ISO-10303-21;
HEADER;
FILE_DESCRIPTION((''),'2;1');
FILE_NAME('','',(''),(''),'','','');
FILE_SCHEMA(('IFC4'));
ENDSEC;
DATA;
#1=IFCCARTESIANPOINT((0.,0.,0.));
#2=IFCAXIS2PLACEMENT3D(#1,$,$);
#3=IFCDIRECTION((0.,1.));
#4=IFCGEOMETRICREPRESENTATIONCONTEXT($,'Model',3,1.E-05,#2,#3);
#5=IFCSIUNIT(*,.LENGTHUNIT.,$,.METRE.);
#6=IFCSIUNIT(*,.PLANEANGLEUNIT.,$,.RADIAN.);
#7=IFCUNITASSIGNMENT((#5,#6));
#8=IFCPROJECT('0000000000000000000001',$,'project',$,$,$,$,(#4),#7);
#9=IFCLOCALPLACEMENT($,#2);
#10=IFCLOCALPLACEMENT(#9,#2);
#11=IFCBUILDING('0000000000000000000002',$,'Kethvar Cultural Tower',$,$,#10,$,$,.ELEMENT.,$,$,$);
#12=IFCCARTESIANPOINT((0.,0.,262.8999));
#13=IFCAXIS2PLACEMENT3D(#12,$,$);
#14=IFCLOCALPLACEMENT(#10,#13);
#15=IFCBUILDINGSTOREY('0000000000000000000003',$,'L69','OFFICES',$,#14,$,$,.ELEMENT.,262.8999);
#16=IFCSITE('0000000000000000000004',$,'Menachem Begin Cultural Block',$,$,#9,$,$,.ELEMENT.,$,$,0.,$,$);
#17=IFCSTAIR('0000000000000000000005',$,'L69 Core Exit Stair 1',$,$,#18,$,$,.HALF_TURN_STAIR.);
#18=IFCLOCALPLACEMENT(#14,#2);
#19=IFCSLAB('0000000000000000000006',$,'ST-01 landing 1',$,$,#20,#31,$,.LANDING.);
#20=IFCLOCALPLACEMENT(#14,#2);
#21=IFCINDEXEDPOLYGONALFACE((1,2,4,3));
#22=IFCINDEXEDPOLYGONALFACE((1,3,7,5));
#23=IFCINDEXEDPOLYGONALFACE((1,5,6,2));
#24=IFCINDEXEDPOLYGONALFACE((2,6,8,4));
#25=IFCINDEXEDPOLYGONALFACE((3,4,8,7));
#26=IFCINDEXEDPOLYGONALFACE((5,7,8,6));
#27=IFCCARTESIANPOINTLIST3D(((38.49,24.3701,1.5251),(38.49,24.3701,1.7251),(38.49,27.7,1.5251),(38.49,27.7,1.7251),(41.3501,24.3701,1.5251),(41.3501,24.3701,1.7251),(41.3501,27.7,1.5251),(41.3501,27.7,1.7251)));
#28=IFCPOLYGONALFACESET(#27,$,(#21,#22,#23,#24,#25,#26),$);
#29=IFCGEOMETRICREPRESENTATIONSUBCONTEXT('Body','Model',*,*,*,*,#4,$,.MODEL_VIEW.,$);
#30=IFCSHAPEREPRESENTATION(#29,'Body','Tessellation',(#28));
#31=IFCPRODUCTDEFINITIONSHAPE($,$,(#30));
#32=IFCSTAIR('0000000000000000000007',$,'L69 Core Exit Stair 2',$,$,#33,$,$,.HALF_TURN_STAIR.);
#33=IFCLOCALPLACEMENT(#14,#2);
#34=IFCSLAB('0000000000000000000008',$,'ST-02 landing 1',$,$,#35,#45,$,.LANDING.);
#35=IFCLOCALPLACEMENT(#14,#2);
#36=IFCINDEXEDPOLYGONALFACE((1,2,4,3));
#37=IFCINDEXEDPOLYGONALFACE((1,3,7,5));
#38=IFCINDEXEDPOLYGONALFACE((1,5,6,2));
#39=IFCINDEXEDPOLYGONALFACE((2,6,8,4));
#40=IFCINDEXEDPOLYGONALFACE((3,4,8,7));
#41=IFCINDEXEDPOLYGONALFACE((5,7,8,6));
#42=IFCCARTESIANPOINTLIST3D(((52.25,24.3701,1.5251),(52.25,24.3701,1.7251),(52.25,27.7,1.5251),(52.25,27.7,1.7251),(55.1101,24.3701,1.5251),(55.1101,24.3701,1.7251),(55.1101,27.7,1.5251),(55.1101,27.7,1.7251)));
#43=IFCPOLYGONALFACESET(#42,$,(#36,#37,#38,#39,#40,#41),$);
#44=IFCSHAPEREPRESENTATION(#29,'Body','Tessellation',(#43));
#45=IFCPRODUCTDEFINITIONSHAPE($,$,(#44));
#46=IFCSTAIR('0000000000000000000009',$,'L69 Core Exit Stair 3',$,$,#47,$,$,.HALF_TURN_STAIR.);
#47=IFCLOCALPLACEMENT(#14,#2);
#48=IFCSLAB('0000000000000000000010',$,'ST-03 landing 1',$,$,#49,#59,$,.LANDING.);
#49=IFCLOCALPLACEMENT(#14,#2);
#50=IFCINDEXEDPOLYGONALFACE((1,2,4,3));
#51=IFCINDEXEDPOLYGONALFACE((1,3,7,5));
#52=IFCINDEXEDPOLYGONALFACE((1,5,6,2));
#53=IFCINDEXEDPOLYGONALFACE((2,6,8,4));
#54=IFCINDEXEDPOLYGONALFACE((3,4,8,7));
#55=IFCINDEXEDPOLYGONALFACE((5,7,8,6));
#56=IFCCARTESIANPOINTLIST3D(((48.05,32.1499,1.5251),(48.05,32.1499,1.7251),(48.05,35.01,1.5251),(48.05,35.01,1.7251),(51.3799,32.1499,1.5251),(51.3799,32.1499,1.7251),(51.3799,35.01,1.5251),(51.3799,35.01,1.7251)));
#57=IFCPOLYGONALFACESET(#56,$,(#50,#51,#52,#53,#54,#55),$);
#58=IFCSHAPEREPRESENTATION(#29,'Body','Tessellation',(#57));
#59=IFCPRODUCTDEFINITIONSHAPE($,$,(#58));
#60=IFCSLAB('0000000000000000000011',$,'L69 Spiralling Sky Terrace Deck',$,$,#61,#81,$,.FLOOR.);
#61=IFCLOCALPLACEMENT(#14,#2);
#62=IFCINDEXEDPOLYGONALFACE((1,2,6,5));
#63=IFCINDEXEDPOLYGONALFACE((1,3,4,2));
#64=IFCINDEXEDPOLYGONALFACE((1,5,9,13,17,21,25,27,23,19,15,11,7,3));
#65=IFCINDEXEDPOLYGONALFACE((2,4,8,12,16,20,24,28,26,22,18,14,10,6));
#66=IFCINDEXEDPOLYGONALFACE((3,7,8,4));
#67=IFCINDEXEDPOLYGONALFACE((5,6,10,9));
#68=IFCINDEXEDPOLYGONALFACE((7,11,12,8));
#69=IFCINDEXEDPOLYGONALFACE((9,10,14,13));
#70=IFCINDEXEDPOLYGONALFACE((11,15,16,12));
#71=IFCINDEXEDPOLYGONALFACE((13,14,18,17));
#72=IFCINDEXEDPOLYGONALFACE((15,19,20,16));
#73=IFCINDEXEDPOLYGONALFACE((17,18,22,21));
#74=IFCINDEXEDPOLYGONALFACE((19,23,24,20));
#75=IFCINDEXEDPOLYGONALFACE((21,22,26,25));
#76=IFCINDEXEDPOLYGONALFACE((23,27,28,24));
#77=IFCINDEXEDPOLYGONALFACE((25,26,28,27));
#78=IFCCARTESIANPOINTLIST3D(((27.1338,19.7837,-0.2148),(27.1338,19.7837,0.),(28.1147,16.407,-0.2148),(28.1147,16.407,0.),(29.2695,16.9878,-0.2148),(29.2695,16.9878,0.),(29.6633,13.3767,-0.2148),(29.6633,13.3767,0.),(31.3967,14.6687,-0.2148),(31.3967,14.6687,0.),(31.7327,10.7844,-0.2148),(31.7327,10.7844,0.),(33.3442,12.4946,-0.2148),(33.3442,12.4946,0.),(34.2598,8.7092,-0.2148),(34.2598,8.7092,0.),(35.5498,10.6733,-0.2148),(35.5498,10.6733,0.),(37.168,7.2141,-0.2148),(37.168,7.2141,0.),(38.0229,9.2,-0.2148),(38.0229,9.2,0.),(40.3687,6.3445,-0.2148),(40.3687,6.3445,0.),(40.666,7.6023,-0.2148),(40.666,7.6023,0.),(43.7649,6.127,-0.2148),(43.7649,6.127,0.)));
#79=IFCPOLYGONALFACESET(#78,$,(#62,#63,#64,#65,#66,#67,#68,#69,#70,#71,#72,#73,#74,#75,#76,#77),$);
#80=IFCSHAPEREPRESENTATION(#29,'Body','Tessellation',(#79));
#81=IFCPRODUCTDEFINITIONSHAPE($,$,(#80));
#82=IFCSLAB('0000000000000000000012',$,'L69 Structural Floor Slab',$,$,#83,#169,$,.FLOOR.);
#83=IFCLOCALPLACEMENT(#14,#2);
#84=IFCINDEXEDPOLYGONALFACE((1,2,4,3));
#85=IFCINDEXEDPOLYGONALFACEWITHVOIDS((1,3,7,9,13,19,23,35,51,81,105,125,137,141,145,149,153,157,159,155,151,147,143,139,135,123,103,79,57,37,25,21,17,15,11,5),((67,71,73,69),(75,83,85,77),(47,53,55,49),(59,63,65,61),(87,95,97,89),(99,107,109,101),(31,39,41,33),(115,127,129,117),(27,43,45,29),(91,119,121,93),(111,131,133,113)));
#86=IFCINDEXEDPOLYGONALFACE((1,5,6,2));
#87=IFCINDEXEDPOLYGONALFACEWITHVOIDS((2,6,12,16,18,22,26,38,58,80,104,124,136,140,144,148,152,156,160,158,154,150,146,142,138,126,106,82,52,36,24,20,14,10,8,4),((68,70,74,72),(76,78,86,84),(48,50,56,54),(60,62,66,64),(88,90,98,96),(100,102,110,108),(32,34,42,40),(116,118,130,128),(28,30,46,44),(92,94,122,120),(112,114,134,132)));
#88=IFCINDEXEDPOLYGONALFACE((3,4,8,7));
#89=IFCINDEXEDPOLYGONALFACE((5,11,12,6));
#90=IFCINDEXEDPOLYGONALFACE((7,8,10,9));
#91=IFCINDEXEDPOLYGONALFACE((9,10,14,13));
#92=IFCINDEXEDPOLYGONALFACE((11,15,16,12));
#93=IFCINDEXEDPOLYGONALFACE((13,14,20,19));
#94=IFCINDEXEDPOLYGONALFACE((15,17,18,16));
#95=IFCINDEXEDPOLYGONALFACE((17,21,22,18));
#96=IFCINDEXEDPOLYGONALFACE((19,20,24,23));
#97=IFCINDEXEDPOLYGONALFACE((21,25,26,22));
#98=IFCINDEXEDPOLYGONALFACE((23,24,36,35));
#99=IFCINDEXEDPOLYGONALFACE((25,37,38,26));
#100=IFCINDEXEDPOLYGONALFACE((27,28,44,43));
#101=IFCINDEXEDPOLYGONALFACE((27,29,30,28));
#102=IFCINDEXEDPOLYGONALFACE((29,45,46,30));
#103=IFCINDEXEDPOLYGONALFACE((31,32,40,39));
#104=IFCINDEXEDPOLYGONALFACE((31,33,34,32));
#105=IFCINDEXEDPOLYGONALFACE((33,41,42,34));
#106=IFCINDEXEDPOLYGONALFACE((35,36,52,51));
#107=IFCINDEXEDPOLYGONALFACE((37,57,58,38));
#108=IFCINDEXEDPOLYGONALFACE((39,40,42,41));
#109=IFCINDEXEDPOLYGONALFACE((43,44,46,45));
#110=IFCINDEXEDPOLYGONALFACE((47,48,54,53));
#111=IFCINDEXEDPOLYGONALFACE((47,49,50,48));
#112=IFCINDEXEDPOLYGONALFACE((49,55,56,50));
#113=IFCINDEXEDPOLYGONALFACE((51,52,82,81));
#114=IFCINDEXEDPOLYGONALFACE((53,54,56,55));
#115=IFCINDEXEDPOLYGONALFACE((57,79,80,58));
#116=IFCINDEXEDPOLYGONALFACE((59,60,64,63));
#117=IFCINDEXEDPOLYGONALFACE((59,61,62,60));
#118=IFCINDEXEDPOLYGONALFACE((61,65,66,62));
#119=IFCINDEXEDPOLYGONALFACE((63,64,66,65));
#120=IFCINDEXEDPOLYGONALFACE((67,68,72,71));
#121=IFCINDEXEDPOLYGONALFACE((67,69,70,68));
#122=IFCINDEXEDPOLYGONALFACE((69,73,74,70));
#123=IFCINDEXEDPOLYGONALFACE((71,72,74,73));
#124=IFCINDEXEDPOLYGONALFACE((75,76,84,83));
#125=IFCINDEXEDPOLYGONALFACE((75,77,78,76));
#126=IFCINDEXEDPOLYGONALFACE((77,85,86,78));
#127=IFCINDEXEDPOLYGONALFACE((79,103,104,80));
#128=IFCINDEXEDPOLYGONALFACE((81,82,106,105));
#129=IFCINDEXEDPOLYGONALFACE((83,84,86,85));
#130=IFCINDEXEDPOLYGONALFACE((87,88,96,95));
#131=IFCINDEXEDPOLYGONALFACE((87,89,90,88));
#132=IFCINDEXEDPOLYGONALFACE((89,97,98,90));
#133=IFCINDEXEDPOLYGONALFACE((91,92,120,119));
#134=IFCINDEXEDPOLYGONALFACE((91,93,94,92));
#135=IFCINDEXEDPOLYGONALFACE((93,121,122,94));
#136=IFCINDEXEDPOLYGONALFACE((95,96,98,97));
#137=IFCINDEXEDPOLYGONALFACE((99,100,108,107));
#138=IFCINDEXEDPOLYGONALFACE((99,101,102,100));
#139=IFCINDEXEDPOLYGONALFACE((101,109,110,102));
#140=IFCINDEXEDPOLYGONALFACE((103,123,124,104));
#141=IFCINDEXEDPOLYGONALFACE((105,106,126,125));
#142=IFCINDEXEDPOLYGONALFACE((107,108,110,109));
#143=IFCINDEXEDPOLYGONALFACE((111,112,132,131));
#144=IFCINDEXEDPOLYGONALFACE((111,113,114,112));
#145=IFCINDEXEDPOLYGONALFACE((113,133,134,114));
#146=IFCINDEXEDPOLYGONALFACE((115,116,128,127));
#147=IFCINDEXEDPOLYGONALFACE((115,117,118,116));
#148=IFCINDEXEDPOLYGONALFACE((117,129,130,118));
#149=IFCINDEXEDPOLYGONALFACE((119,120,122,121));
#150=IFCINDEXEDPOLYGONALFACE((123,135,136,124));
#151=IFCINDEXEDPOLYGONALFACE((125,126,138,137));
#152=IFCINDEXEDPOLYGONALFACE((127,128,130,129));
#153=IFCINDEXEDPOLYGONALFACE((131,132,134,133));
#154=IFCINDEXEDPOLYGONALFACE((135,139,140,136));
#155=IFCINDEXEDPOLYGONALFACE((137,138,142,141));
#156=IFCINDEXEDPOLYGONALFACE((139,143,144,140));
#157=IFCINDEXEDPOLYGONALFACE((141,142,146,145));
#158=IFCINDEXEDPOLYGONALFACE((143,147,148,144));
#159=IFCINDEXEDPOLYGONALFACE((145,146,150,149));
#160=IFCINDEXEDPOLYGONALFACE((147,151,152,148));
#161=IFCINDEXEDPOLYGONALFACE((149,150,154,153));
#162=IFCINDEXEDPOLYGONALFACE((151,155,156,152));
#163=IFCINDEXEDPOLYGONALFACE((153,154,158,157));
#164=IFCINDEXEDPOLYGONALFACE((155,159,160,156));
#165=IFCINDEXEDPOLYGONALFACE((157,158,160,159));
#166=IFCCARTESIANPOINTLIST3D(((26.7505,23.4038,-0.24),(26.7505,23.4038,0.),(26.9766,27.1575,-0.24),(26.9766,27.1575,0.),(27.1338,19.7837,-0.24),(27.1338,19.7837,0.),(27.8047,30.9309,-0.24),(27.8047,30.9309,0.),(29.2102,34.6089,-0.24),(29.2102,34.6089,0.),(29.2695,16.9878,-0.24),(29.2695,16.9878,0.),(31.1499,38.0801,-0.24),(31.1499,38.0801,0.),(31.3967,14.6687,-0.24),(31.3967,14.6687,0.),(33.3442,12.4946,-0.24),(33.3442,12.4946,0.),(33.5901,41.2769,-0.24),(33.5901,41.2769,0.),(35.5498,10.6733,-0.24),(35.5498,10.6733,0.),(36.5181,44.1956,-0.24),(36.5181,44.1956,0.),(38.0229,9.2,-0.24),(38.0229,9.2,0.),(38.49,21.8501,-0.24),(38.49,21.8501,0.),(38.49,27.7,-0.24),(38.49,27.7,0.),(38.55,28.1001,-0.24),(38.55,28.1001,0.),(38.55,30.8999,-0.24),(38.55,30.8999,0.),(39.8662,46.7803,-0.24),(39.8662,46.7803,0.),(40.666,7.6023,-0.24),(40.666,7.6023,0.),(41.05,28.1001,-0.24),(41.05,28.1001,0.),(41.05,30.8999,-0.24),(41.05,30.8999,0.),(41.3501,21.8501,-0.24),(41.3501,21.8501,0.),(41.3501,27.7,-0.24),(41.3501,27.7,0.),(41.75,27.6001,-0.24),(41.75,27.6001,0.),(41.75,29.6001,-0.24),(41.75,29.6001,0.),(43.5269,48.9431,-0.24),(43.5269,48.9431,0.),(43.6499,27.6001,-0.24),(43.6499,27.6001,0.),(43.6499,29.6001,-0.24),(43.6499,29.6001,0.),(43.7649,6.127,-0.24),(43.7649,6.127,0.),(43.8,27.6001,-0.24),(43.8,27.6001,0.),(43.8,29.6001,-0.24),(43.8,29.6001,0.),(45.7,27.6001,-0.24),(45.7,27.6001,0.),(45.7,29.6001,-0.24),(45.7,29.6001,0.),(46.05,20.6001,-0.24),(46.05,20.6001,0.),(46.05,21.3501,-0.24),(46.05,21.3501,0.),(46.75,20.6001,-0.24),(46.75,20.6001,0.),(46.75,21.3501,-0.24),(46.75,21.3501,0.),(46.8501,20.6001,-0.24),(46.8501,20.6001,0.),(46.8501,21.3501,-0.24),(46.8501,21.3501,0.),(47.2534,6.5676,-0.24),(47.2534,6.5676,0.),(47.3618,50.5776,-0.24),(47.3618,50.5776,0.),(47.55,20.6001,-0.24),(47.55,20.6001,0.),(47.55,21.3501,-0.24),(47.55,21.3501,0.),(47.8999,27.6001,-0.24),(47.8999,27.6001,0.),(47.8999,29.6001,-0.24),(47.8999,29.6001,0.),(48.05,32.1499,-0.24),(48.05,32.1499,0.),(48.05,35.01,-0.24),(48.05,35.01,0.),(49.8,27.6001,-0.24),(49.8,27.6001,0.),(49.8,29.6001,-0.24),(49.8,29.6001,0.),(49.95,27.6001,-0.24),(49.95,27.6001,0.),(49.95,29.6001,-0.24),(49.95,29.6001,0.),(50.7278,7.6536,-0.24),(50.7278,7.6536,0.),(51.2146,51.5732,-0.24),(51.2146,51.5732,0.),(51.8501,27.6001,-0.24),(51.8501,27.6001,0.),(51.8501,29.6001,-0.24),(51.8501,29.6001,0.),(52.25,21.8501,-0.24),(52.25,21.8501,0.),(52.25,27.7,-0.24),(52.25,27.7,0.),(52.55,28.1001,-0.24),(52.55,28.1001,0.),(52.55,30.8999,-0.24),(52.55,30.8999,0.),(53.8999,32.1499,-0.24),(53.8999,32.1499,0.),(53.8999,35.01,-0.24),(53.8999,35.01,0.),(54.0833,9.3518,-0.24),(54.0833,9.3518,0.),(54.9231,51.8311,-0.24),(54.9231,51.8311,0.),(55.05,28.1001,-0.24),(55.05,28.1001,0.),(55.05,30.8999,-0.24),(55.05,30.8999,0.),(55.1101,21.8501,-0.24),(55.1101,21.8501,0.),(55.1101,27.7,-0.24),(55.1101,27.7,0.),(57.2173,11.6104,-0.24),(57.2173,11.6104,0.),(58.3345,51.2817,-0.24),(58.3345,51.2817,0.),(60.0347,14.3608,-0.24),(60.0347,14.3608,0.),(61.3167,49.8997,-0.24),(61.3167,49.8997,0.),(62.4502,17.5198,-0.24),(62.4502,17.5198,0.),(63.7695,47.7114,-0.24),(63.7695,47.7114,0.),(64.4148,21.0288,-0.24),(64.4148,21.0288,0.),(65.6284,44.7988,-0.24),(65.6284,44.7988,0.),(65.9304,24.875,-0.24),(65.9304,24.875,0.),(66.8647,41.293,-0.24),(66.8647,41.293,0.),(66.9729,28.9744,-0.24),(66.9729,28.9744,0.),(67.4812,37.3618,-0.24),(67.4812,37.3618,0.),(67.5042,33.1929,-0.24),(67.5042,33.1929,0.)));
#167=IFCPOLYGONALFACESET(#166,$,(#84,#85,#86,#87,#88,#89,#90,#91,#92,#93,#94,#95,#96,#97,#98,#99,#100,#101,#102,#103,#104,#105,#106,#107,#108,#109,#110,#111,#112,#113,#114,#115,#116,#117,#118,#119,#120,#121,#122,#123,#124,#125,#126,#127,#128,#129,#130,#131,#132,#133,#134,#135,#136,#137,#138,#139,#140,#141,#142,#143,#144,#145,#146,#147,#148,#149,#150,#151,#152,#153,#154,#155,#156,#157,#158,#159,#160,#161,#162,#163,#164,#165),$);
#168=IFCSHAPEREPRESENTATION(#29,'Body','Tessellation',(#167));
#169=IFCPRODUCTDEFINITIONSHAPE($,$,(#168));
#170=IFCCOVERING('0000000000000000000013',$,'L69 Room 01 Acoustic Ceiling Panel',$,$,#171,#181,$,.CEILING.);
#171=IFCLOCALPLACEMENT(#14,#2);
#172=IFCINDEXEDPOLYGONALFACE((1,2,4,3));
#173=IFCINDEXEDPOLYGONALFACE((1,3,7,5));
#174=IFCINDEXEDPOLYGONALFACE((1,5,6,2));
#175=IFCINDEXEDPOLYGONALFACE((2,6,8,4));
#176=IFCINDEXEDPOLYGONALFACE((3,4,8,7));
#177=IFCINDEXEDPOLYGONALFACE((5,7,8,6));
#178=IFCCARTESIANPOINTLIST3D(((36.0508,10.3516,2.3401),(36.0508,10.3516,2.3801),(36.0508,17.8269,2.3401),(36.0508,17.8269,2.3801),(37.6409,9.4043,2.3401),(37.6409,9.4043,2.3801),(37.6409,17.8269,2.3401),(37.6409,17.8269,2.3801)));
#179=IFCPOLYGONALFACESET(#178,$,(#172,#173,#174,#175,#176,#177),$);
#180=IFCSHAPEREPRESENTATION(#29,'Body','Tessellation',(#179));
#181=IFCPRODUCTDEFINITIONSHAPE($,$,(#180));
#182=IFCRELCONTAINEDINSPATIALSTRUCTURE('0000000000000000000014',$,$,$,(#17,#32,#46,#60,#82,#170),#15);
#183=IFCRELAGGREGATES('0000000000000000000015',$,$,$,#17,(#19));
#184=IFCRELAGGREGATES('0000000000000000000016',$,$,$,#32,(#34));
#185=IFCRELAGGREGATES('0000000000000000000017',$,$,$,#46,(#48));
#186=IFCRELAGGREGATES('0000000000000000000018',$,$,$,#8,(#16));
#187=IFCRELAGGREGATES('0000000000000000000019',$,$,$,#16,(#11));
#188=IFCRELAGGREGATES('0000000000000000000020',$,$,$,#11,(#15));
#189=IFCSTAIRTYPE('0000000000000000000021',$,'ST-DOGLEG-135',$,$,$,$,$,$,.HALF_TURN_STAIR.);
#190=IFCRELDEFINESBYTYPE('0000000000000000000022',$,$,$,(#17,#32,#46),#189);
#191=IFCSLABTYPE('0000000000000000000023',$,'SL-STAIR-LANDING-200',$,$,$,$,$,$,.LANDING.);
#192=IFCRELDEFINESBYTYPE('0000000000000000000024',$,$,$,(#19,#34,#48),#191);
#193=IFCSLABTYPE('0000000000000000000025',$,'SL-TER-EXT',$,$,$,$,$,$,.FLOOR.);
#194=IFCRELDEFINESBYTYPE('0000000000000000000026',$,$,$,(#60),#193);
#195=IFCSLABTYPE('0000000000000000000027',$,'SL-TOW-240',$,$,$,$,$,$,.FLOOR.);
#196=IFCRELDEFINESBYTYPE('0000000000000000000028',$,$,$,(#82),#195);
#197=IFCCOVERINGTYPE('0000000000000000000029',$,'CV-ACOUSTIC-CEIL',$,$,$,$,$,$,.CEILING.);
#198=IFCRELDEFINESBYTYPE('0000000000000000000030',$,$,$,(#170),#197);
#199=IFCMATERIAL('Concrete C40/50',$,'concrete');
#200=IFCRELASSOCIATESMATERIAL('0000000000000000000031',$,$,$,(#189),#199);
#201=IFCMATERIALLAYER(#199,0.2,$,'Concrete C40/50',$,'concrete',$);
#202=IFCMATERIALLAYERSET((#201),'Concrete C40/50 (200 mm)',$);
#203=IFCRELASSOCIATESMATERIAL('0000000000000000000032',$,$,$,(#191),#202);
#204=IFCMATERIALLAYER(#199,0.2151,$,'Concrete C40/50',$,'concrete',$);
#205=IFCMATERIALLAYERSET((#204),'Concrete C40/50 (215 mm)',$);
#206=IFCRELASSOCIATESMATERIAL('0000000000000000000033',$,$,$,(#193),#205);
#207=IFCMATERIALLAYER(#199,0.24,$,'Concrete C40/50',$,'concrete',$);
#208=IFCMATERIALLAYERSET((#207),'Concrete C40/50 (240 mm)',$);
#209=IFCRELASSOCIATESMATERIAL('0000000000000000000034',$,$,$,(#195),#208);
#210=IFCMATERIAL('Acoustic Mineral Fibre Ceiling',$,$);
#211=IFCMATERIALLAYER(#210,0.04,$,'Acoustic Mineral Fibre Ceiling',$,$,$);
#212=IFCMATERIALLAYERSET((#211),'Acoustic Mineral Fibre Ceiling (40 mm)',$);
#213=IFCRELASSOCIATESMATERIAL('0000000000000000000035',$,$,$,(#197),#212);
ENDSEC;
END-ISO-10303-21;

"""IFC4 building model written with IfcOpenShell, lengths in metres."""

from ifc_helpers import new_model, si_unit, direction, frame, origin, place, context, subcontext, project, spatial, polyline, outline, extrude, material, layer, layer_set, type_object, element, aggregate, save


model = new_model("IFC4")

# Units and contexts
model_context = context("Model", 3, precision=1e-05, world=origin(), true_north=direction((0.0, 1.0)))
body_context = subcontext(model_context, "Body", "Model", "MODEL_VIEW")
ifc_project = project(units=[si_unit("LENGTHUNIT", "METRE"), si_unit("PLANEANGLEUNIT", "RADIAN")], contexts=[model_context])

# Site, building, storey
site_placement = place(None, origin())
site = spatial("IfcSite", under=ifc_project, at=site_placement, Name="Menachem Begin Cultural Block", CompositionType="ELEMENT", RefElevation=0.0)
building_placement = place(site_placement, origin())
building = spatial("IfcBuilding", under=site, at=building_placement, Name="Kethvar Cultural Tower", CompositionType="ELEMENT")
storey_placement = place(building_placement, frame((0.0, 0.0, 262.8999)))
storey = spatial("IfcBuildingStorey", under=building, at=storey_placement, Name="L69", Description="OFFICES", CompositionType="ELEMENT", Elevation=262.8999)

# Stairs, slabs
ifc_material_1 = material(Name="Concrete C40/50", Category="concrete")
stair_type = type_object("IfcStairType", Name="ST-DOGLEG-135", PredefinedType="HALF_TURN_STAIR", material=ifc_material_1)
stair_1_placement = place(storey_placement, origin())
stair_1 = element("IfcStair", 1, at=stair_1_placement, inside=storey, type_object=stair_type, Name="L69 Core Exit Stair 1", PredefinedType="HALF_TURN_STAIR")
ifc_layer_1 = layer(ifc_material_1, 0.2, Name="Concrete C40/50", Category="concrete")
ifc_layer_set_1 = layer_set([ifc_layer_1], Name="Concrete C40/50 (200 mm)")
slab_type_1 = type_object("IfcSlabType", Name="SL-STAIR-LANDING-200", PredefinedType="LANDING", material=ifc_layer_set_1)
slab_1_placement = place(storey_placement, frame((0.0, 0.0, 1.5251)))
slab_1 = element("IfcSlab", 2, at=slab_1_placement, type_object=slab_type_1, Name="ST-01 landing 1", PredefinedType="LANDING", context=body_context, shape_type="SweptSolid", body=[
    extrude(outline(polyline([(41.3501, 24.3701), (41.3501, 27.7), (38.49, 27.7), (38.49, 24.3701), (41.3501, 24.3701)])), origin(), (0.0, 0.0, 1.0), 0.2),
])
aggregate(stair_1, [slab_1])
stair_2_placement = place(storey_placement, origin())
stair_2 = element("IfcStair", 3, at=stair_2_placement, inside=storey, type_object=stair_type, Name="L69 Core Exit Stair 2", PredefinedType="HALF_TURN_STAIR")
slab_2_placement = place(storey_placement, frame((0.0, 0.0, 1.5251)))
slab_2 = element("IfcSlab", 4, at=slab_2_placement, type_object=slab_type_1, Name="ST-02 landing 1", PredefinedType="LANDING", context=body_context, shape_type="SweptSolid", body=[
    extrude(outline(polyline([(55.1101, 24.3701), (55.1101, 27.7), (52.25, 27.7), (52.25, 24.3701), (55.1101, 24.3701)])), origin(), (0.0, 0.0, 1.0), 0.2),
])
aggregate(stair_2, [slab_2])
stair_3_placement = place(storey_placement, origin())
stair_3 = element("IfcStair", 5, at=stair_3_placement, inside=storey, type_object=stair_type, Name="L69 Core Exit Stair 3", PredefinedType="HALF_TURN_STAIR")
slab_3_placement = place(storey_placement, frame((0.0, 0.0, 1.5251)))
slab_3 = element("IfcSlab", 6, at=slab_3_placement, type_object=slab_type_1, Name="ST-03 landing 1", PredefinedType="LANDING", context=body_context, shape_type="SweptSolid", body=[
    extrude(outline(polyline([(51.3799, 35.01), (48.05, 35.01), (48.05, 32.1499), (51.3799, 32.1499), (51.3799, 35.01)])), origin(), (0.0, 0.0, 1.0), 0.2),
])
aggregate(stair_3, [slab_3])

# Slabs
ifc_layer_2 = layer(ifc_material_1, 0.2151, Name="Concrete C40/50", Category="concrete")
ifc_layer_set_2 = layer_set([ifc_layer_2], Name="Concrete C40/50 (215 mm)")
slab_type_2 = type_object("IfcSlabType", Name="SL-TER-EXT", PredefinedType="FLOOR", material=ifc_layer_set_2)
slab_4_placement = place(storey_placement, frame((0.0, 0.0, -0.2148)))
element("IfcSlab", 7, at=slab_4_placement, inside=storey, type_object=slab_type_2, Name="L69 Spiralling Sky Terrace Deck", PredefinedType="FLOOR", context=body_context, shape_type="SweptSolid", body=[
    extrude(outline(polyline([(27.1338, 19.7837), (28.1147, 16.407), (29.6633, 13.3767), (31.7327, 10.7844), (34.2598, 8.7092), (37.168, 7.2141), (40.3687, 6.3445), (43.7649, 6.127), (40.666, 7.6023), (38.0229, 9.2), (35.5498, 10.6733), (33.3442, 12.4946), (31.3967, 14.6687), (29.2695, 16.9878), (27.1338, 19.7837)])), origin(), (0.0, 0.0, 1.0), 0.2148),
])
ifc_layer_3 = layer(ifc_material_1, 0.24, Name="Concrete C40/50", Category="concrete")
ifc_layer_set_3 = layer_set([ifc_layer_3], Name="Concrete C40/50 (240 mm)")
slab_type_3 = type_object("IfcSlabType", Name="SL-TOW-240", PredefinedType="FLOOR", material=ifc_layer_set_3)
slab_5_placement = place(storey_placement, frame((0.0, 0.0, -0.24)))
element("IfcSlab", 8, at=slab_5_placement, inside=storey, type_object=slab_type_3, Name="L69 Structural Floor Slab", PredefinedType="FLOOR", context=body_context, shape_type="SweptSolid", body=[
    extrude(outline(polyline([(61.3167, 49.8997), (58.3345, 51.2817), (54.9231, 51.8311), (51.2146, 51.5732), (47.3618, 50.5776), (43.5269, 48.9431), (39.8662, 46.7803), (36.5181, 44.1956), (33.5901, 41.2769), (31.1499, 38.0801), (29.2102, 34.6089), (27.8047, 30.9309), (26.9766, 27.1575), (26.7505, 23.4038), (27.1338, 19.7837), (29.2695, 16.9878), (31.3967, 14.6687), (33.3442, 12.4946), (35.5498, 10.6733), (38.0229, 9.2), (40.666, 7.6023), (43.7649, 6.127), (47.2534, 6.5676), (50.7278, 7.6536), (54.0833, 9.3518), (57.2173, 11.6104), (60.0347, 14.3608), (62.4502, 17.5198), (64.4148, 21.0288), (65.9304, 24.875), (66.9729, 28.9744), (67.5042, 33.1929), (67.4812, 37.3618), (66.8647, 41.293), (65.6284, 44.7988), (63.7695, 47.7114), (61.3167, 49.8997)]), holes=[polyline([(38.49, 21.8501), (38.49, 27.7), (41.3501, 27.7), (41.3501, 21.8501), (38.49, 21.8501)]), polyline([(52.25, 21.8501), (52.25, 27.7), (55.1101, 27.7), (55.1101, 21.8501), (52.25, 21.8501)]), polyline([(53.8999, 32.1499), (48.05, 32.1499), (48.05, 35.01), (53.8999, 35.01), (53.8999, 32.1499)]), polyline([(41.75, 29.6001), (43.6499, 29.6001), (43.6499, 27.6001), (41.75, 27.6001), (41.75, 29.6001)]), polyline([(43.8, 29.6001), (45.7, 29.6001), (45.7, 27.6001), (43.8, 27.6001), (43.8, 29.6001)]), polyline([(47.8999, 29.6001), (49.8, 29.6001), (49.8, 27.6001), (47.8999, 27.6001), (47.8999, 29.6001)]), polyline([(49.95, 29.6001), (51.8501, 29.6001), (51.8501, 27.6001), (49.95, 27.6001), (49.95, 29.6001)]), polyline([(38.55, 30.8999), (41.05, 30.8999), (41.05, 28.1001), (38.55, 28.1001), (38.55, 30.8999)]), polyline([(52.55, 30.8999), (55.05, 30.8999), (55.05, 28.1001), (52.55, 28.1001), (52.55, 30.8999)]), polyline([(46.05, 21.3501), (46.75, 21.3501), (46.75, 20.6001), (46.05, 20.6001), (46.05, 21.3501)]), polyline([(46.8501, 21.3501), (47.55, 21.3501), (47.55, 20.6001), (46.8501, 20.6001), (46.8501, 21.3501)])]), origin(), (0.0, 0.0, 1.0), 0.24),
])

# Covering
ifc_material_2 = material(Name="Acoustic Mineral Fibre Ceiling")
ifc_layer_4 = layer(ifc_material_2, 0.04, Name="Acoustic Mineral Fibre Ceiling")
ifc_layer_set_4 = layer_set([ifc_layer_4], Name="Acoustic Mineral Fibre Ceiling (40 mm)")
covering_type_1 = type_object("IfcCoveringType", Name="CV-ACOUSTIC-CEIL", PredefinedType="CEILING", material=ifc_layer_set_4)
covering_1_placement = place(storey_placement, frame((0.0, 0.0, 2.3401)))
element("IfcCovering", 9, at=covering_1_placement, inside=storey, type_object=covering_type_1, Name="L69 Room 01 Acoustic Ceiling Panel", PredefinedType="CEILING", context=body_context, shape_type="SweptSolid", body=[
    extrude(outline(polyline([(37.6409, 17.8269), (37.6409, 9.4043), (36.0508, 10.3516), (36.0508, 17.8269), (37.6409, 17.8269)])), origin(), (0.0, 0.0, 1.0), 0.04),
])

save(model, "model.ifc")
